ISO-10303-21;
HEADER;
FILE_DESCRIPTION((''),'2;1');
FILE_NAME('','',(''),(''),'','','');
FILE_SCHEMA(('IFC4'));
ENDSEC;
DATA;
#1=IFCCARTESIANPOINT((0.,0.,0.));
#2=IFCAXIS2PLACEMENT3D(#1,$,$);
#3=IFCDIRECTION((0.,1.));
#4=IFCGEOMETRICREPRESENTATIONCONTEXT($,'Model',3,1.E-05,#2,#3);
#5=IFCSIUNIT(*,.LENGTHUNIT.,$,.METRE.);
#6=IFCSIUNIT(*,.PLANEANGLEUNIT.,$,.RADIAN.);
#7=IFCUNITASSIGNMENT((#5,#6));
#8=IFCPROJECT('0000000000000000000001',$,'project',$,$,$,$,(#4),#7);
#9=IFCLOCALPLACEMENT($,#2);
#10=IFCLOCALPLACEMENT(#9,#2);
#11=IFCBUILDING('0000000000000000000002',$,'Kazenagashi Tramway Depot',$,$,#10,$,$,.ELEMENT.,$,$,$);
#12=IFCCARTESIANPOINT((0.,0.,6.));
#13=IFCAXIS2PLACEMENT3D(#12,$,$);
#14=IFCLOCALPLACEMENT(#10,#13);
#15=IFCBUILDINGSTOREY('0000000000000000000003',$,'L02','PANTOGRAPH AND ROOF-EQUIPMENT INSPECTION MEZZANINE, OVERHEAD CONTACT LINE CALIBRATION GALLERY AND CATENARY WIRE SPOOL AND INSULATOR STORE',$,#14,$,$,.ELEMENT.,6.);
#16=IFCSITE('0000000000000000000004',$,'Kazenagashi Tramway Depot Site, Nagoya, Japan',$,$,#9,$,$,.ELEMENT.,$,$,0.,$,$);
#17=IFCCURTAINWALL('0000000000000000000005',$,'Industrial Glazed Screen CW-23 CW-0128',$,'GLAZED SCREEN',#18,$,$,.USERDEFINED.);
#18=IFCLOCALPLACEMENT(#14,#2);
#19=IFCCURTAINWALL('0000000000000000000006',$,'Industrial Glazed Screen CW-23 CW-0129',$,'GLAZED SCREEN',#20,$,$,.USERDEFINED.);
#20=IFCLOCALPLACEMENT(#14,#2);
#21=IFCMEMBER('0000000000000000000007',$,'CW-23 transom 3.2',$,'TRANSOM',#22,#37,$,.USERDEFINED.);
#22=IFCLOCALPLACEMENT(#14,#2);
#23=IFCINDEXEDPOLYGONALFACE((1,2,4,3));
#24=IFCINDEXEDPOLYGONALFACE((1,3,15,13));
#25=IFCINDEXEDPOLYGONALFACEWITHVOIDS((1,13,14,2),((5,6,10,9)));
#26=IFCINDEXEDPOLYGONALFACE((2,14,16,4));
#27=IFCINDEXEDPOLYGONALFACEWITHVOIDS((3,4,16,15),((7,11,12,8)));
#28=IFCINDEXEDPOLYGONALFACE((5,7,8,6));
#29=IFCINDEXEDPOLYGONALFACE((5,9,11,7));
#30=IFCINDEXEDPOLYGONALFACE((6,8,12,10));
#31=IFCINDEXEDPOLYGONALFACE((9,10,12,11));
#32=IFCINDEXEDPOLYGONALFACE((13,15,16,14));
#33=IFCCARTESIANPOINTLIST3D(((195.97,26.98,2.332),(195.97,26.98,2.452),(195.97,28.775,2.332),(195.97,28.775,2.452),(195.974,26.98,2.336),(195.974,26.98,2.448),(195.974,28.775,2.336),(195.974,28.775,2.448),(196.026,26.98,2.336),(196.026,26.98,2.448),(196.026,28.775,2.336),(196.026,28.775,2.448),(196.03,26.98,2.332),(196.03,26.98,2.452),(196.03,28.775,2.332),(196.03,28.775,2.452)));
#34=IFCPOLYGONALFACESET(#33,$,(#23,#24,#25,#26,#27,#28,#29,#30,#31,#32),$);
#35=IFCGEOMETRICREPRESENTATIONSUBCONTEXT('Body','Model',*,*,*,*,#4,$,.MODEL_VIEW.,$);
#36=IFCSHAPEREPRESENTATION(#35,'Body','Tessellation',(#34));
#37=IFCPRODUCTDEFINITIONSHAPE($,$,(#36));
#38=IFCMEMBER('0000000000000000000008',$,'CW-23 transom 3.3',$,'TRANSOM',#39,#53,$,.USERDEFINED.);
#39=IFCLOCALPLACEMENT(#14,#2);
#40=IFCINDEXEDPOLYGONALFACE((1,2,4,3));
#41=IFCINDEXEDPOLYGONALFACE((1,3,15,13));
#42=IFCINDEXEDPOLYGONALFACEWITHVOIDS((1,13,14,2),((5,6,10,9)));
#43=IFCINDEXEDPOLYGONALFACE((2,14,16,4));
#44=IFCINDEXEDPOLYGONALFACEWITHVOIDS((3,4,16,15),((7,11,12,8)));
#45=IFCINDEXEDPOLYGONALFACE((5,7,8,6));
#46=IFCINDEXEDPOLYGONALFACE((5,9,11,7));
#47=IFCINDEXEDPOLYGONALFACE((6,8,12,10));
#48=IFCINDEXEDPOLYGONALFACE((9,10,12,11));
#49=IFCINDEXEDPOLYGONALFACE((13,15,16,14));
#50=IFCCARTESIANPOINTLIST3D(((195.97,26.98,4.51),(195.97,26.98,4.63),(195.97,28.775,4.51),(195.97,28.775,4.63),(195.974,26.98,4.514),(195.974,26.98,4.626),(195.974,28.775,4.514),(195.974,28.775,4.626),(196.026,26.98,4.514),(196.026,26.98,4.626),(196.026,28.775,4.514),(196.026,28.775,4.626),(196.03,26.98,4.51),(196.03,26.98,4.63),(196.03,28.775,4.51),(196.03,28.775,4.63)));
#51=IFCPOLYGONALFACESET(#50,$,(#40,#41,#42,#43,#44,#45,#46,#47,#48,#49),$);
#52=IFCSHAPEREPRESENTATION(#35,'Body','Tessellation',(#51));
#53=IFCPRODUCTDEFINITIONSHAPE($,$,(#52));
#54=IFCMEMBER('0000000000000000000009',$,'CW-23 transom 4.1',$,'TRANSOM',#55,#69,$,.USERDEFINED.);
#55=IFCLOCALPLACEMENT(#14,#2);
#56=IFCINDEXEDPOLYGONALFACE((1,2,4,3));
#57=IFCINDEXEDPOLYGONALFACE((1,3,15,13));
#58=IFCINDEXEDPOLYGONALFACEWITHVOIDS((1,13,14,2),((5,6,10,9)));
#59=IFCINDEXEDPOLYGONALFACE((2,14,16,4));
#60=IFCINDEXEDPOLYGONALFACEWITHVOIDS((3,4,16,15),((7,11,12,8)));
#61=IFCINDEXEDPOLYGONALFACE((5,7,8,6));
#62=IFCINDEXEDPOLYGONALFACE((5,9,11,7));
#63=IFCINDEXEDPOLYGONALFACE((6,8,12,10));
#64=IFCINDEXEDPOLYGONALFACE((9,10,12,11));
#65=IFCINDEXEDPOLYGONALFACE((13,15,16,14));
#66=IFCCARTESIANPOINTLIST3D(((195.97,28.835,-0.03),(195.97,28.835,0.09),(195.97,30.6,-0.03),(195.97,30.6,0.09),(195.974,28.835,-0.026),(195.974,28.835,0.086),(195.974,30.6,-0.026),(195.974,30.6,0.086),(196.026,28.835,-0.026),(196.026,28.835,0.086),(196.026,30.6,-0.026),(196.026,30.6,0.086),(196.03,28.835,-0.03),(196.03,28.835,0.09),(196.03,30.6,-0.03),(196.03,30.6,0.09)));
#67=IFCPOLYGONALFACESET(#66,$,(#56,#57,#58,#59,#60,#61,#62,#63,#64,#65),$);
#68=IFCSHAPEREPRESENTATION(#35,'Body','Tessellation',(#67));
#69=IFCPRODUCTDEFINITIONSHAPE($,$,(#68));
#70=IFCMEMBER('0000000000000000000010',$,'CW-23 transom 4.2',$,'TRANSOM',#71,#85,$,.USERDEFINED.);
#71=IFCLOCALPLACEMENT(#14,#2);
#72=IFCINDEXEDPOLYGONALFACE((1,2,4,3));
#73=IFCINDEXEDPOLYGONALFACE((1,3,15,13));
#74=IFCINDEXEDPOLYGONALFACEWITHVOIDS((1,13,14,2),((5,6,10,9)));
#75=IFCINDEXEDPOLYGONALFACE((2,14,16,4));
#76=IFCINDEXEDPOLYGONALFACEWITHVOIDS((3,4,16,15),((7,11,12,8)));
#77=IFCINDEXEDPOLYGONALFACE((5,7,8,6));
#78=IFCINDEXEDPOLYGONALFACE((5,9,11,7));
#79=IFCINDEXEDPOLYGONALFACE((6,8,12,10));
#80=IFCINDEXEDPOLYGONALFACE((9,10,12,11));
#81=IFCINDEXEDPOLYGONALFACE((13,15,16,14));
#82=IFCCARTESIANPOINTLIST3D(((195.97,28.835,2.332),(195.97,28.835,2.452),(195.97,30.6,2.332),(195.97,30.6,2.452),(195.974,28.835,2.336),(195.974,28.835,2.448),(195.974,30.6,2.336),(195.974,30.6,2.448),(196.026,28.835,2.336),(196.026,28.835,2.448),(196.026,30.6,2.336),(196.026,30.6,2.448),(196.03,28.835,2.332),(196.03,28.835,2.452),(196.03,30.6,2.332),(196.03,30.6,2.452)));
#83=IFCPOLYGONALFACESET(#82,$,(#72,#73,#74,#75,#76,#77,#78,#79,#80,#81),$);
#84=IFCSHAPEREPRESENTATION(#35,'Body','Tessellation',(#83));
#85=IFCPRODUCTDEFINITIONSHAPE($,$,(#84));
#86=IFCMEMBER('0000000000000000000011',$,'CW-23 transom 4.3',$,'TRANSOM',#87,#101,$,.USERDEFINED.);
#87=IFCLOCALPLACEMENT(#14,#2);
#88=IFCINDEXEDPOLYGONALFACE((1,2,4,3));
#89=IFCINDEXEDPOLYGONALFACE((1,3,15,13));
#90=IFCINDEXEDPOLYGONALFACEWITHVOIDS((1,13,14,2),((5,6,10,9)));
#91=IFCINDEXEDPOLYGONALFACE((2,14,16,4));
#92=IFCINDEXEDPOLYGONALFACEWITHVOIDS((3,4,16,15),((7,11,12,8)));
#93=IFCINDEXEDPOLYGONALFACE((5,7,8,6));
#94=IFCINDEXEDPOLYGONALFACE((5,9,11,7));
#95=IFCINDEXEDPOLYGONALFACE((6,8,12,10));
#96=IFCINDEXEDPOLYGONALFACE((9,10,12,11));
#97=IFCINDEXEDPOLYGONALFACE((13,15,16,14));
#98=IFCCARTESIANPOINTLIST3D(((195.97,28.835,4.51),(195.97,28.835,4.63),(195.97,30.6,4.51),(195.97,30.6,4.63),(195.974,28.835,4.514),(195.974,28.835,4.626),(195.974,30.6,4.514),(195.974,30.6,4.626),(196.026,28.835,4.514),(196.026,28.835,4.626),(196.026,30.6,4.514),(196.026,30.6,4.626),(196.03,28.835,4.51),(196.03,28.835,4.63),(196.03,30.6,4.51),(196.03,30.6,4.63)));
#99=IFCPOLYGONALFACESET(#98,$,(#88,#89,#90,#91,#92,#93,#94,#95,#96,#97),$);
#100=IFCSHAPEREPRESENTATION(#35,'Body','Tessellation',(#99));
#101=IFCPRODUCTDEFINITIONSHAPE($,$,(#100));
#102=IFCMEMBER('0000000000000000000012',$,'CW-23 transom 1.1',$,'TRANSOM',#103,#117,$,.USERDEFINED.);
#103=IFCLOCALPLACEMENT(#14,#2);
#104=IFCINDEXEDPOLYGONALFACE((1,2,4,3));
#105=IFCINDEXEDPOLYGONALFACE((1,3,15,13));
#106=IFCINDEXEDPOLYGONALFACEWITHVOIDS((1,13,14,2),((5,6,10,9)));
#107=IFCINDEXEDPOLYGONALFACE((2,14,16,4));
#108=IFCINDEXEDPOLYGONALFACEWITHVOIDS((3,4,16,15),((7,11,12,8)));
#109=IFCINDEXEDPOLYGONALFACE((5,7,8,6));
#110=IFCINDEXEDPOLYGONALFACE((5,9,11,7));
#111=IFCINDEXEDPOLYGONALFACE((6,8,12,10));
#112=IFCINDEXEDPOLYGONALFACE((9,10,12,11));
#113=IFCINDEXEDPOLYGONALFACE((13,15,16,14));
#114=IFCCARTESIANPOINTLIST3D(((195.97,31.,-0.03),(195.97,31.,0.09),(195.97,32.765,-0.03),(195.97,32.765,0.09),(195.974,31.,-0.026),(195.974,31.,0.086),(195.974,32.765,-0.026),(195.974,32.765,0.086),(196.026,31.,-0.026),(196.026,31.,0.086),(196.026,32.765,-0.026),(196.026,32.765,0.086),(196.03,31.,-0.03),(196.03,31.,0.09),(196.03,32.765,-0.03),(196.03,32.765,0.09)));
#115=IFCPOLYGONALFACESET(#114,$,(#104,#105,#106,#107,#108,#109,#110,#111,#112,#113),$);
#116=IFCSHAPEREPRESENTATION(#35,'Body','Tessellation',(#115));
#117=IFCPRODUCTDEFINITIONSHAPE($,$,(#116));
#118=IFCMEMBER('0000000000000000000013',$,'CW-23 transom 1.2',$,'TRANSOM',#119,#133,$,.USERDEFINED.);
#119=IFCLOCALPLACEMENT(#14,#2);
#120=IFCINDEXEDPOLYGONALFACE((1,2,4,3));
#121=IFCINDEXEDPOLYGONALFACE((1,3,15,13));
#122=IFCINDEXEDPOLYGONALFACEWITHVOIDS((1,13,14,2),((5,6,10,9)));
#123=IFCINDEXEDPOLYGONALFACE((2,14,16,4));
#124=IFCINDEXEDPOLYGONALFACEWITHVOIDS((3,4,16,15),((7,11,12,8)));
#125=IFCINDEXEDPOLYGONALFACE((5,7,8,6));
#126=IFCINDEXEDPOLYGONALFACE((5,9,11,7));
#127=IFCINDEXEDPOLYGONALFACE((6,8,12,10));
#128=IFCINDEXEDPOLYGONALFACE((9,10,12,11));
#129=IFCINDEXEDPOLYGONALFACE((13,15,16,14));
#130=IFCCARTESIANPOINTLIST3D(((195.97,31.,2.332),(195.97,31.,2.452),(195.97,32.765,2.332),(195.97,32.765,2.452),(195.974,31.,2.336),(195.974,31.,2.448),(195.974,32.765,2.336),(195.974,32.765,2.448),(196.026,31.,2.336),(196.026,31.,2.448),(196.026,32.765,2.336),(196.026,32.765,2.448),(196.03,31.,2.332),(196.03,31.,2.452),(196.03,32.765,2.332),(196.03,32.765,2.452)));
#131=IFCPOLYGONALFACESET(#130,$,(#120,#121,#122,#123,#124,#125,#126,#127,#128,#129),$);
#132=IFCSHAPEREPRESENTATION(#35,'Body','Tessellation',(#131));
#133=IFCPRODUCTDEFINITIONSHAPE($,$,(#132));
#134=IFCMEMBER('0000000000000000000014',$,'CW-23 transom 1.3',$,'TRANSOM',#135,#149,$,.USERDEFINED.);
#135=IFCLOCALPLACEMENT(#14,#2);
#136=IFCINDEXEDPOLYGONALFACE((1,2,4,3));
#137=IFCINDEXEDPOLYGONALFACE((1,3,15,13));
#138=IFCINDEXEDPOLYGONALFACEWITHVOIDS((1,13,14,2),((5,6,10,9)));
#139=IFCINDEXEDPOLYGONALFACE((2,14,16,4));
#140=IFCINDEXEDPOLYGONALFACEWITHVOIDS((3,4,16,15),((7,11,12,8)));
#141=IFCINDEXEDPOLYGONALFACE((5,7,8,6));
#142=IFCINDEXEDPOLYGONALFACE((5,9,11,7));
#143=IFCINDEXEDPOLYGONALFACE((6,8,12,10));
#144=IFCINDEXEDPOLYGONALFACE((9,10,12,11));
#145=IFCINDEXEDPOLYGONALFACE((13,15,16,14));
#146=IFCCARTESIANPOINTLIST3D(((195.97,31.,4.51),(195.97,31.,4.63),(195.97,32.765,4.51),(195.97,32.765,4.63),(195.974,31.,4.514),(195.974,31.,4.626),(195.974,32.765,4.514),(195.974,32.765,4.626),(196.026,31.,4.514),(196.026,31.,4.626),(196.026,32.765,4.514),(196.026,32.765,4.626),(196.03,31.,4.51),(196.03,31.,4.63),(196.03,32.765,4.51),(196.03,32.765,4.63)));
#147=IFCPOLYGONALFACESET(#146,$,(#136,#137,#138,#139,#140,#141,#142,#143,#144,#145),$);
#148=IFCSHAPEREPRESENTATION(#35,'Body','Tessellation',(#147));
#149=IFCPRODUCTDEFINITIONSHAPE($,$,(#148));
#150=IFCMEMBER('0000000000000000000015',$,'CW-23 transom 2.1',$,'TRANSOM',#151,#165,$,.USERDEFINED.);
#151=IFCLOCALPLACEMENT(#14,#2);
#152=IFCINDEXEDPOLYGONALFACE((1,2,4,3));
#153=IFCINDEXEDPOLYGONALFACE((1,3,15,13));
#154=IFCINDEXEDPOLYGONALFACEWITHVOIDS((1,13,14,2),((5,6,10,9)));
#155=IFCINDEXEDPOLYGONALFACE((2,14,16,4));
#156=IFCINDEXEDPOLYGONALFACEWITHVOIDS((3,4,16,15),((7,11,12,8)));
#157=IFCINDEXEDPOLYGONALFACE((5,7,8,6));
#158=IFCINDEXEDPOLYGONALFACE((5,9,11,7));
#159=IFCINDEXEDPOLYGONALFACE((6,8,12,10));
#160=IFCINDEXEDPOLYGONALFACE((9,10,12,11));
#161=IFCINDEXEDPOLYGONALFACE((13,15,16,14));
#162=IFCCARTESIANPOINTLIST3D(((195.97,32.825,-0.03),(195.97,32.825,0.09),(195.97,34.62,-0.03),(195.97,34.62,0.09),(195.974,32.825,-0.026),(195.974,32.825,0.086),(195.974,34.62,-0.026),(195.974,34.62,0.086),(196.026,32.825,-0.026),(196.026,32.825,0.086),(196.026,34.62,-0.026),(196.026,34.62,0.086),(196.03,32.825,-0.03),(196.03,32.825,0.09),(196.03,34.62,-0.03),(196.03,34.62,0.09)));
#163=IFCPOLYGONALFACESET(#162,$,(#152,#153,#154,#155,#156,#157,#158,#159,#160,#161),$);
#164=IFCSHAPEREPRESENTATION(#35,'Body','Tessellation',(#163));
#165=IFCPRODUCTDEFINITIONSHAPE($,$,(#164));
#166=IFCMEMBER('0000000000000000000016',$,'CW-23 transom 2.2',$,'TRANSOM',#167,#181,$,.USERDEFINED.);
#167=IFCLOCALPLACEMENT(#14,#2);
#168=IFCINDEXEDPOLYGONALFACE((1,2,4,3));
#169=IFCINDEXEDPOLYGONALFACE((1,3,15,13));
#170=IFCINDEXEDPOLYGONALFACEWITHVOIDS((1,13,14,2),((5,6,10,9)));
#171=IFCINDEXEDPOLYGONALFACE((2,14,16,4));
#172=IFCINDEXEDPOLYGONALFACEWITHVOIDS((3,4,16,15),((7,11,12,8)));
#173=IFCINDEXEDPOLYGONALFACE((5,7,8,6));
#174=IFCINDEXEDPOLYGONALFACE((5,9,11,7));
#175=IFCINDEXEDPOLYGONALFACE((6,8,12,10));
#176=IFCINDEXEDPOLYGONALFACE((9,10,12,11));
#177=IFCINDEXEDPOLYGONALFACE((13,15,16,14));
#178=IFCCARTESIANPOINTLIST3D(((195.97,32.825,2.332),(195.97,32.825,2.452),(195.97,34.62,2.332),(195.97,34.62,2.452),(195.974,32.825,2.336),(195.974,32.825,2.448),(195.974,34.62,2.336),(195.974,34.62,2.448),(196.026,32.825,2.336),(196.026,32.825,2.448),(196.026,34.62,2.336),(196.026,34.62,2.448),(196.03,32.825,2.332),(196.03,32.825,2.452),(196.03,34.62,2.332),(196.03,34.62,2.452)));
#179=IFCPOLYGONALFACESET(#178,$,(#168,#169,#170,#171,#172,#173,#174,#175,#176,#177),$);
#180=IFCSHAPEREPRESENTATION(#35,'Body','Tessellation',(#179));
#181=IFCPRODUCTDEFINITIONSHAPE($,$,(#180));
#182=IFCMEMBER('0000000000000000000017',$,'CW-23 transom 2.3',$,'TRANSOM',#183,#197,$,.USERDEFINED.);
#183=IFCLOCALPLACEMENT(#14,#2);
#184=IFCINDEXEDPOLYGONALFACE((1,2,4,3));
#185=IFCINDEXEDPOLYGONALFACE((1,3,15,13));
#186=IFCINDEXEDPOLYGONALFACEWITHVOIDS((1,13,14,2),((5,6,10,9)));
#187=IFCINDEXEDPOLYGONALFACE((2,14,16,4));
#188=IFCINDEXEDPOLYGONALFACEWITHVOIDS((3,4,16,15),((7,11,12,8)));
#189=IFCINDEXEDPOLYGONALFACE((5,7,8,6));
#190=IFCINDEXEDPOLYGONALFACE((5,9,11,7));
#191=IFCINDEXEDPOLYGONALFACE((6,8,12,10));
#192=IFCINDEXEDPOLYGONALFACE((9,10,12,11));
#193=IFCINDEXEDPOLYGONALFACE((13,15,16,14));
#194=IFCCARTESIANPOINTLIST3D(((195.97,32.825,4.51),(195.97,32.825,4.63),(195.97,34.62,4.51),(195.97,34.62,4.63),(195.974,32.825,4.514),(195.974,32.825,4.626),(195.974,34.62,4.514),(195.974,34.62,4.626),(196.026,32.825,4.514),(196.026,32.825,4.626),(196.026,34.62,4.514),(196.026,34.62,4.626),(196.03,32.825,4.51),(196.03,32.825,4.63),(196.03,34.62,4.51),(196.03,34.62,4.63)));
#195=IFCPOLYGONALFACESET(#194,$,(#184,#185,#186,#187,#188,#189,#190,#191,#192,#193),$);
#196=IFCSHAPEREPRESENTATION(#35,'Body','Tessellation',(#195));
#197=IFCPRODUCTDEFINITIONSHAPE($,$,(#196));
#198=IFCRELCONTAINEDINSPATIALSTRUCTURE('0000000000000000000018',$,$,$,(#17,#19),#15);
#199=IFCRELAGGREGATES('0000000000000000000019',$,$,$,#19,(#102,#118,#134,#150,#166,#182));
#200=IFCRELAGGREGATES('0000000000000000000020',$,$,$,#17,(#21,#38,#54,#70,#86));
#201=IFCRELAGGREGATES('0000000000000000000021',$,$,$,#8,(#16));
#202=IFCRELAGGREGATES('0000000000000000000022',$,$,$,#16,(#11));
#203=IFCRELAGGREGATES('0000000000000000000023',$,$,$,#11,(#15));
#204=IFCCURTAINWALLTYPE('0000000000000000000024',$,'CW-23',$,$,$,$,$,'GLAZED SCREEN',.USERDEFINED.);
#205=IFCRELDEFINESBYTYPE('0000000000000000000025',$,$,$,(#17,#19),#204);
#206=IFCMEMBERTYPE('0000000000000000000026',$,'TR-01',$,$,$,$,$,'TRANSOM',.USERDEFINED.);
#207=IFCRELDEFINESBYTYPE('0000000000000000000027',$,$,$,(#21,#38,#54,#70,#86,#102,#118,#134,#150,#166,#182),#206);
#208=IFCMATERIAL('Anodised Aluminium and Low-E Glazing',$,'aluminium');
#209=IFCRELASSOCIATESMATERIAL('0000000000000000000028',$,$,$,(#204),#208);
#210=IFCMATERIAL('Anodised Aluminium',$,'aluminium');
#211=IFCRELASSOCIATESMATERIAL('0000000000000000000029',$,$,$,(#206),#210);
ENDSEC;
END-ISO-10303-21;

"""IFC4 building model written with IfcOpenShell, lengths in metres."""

from ifc_helpers import new_model, si_unit, direction, frame, origin, origin_2d, place, context, subcontext, project, spatial, hollow_rectangle, extrude, material, material_profile, profile_set, type_object, element, aggregate, save


model = new_model("IFC4")

# Units and contexts
model_context = context("Model", 3, precision=1e-05, world=origin(), true_north=direction((0.0, 1.0)))
body_context = subcontext(model_context, "Body", "Model", "MODEL_VIEW")
ifc_project = project(units=[si_unit("LENGTHUNIT", "METRE"), si_unit("PLANEANGLEUNIT", "RADIAN")], contexts=[model_context])

# Site, building, storey
site_placement = place(None, origin())
site = spatial("IfcSite", under=ifc_project, at=site_placement, Name="Kazenagashi Tramway Depot Site, Nagoya, Japan", CompositionType="ELEMENT", RefElevation=0.0)
building_placement = place(site_placement, origin())
building = spatial("IfcBuilding", under=site, at=building_placement, Name="Kazenagashi Tramway Depot", CompositionType="ELEMENT")
storey_placement = place(building_placement, frame((0.0, 0.0, 6.0)))
storey = spatial("IfcBuildingStorey", under=building, at=storey_placement, Name="L02", Description="PANTOGRAPH AND ROOF-EQUIPMENT INSPECTION MEZZANINE, OVERHEAD CONTACT LINE CALIBRATION GALLERY AND CATENARY WIRE SPOOL AND INSULATOR STORE", CompositionType="ELEMENT", Elevation=6.0)

# Curtain walls
ifc_material_1 = material(Name="Anodised Aluminium and Low-E Glazing", Category="aluminium")
curtain_wall_type = type_object("IfcCurtainWallType", Name="CW-23", ElementType="GLAZED SCREEN", PredefinedType="USERDEFINED", material=ifc_material_1)
curtain_wall_1_placement = place(storey_placement, origin())
curtain_wall_1 = element("IfcCurtainWall", 1, at=curtain_wall_1_placement, inside=storey, type_object=curtain_wall_type, Name="Industrial Glazed Screen CW-23 CW-0128", ObjectType="GLAZED SCREEN", PredefinedType="USERDEFINED")
ifc_material_2 = material(Name="Anodised Aluminium", Category="aluminium")
curtain_wall_2_placement = place(storey_placement, origin())
curtain_wall_2 = element("IfcCurtainWall", 2, at=curtain_wall_2_placement, inside=storey, type_object=curtain_wall_type, Name="Industrial Glazed Screen CW-23 CW-0129", ObjectType="GLAZED SCREEN", PredefinedType="USERDEFINED")

# Members
ifc_material_profile_1 = material_profile(ifc_material_2, hollow_rectangle(XDim=0.06, YDim=0.12, WallThickness=0.004, at=origin_2d()), Name="RHS-120x60x4")
ifc_profile_set_1 = profile_set([ifc_material_profile_1], Name="Anodised Aluminium")
member_type_1 = type_object("IfcMemberType", Name="TR-01", ElementType="TRANSOM", PredefinedType="USERDEFINED", material=ifc_profile_set_1)
member_1_placement = place(storey_placement, frame((196.0, 26.98, 2.392), z_axis=(0.0, 1.0, 0.0), x_axis=(-1.0, 0.0, 0.0)))
member_1 = element("IfcMember", 3, at=member_1_placement, type_object=member_type_1, Name="CW-23 transom 3.2", ObjectType="TRANSOM", PredefinedType="USERDEFINED", context=body_context, shape_type="SweptSolid", body=[
    extrude(hollow_rectangle(XDim=0.06, YDim=0.12, WallThickness=0.004, at=origin_2d()), origin(), (0.0, 0.0, 1.0), 1.795),
])
member_2_placement = place(storey_placement, frame((196.0, 26.98, 4.57), z_axis=(0.0, 1.0, 0.0), x_axis=(-1.0, 0.0, 0.0)))
member_2 = element("IfcMember", 4, at=member_2_placement, type_object=member_type_1, Name="CW-23 transom 3.3", ObjectType="TRANSOM", PredefinedType="USERDEFINED", context=body_context, shape_type="SweptSolid", body=[
    extrude(hollow_rectangle(XDim=0.06, YDim=0.12, WallThickness=0.004, at=origin_2d()), origin(), (0.0, 0.0, 1.0), 1.795),
])
member_3_placement = place(storey_placement, frame((196.0, 28.835, 0.03), z_axis=(0.0, 1.0, 0.0), x_axis=(-1.0, 0.0, 0.0)))
member_3 = element("IfcMember", 5, at=member_3_placement, type_object=member_type_1, Name="CW-23 transom 4.1", ObjectType="TRANSOM", PredefinedType="USERDEFINED", context=body_context, shape_type="SweptSolid", body=[
    extrude(hollow_rectangle(XDim=0.06, YDim=0.12, WallThickness=0.004, at=origin_2d()), origin(), (0.0, 0.0, 1.0), 1.765),
])
member_4_placement = place(storey_placement, frame((196.0, 28.835, 2.392), z_axis=(0.0, 1.0, 0.0), x_axis=(-1.0, 0.0, 0.0)))
member_4 = element("IfcMember", 6, at=member_4_placement, type_object=member_type_1, Name="CW-23 transom 4.2", ObjectType="TRANSOM", PredefinedType="USERDEFINED", context=body_context, shape_type="SweptSolid", body=[
    extrude(hollow_rectangle(XDim=0.06, YDim=0.12, WallThickness=0.004, at=origin_2d()), origin(), (0.0, 0.0, 1.0), 1.765),
])
member_5_placement = place(storey_placement, frame((196.0, 28.835, 4.57), z_axis=(0.0, 1.0, 0.0), x_axis=(-1.0, 0.0, 0.0)))
member_5 = element("IfcMember", 7, at=member_5_placement, type_object=member_type_1, Name="CW-23 transom 4.3", ObjectType="TRANSOM", PredefinedType="USERDEFINED", context=body_context, shape_type="SweptSolid", body=[
    extrude(hollow_rectangle(XDim=0.06, YDim=0.12, WallThickness=0.004, at=origin_2d()), origin(), (0.0, 0.0, 1.0), 1.765),
])
member_6_placement = place(storey_placement, frame((196.0, 31.0, 0.03), z_axis=(0.0, 1.0, 0.0), x_axis=(-1.0, 0.0, 0.0)))
member_6 = element("IfcMember", 8, at=member_6_placement, type_object=member_type_1, Name="CW-23 transom 1.1", ObjectType="TRANSOM", PredefinedType="USERDEFINED", context=body_context, shape_type="SweptSolid", body=[
    extrude(hollow_rectangle(XDim=0.06, YDim=0.12, WallThickness=0.004, at=origin_2d()), origin(), (0.0, 0.0, 1.0), 1.765),
])
member_7_placement = place(storey_placement, frame((196.0, 31.0, 2.392), z_axis=(0.0, 1.0, 0.0), x_axis=(-1.0, 0.0, 0.0)))
member_7 = element("IfcMember", 9, at=member_7_placement, type_object=member_type_1, Name="CW-23 transom 1.2", ObjectType="TRANSOM", PredefinedType="USERDEFINED", context=body_context, shape_type="SweptSolid", body=[
    extrude(hollow_rectangle(XDim=0.06, YDim=0.12, WallThickness=0.004, at=origin_2d()), origin(), (0.0, 0.0, 1.0), 1.765),
])
member_8_placement = place(storey_placement, frame((196.0, 31.0, 4.57), z_axis=(0.0, 1.0, 0.0), x_axis=(-1.0, 0.0, 0.0)))
member_8 = element("IfcMember", 10, at=member_8_placement, type_object=member_type_1, Name="CW-23 transom 1.3", ObjectType="TRANSOM", PredefinedType="USERDEFINED", context=body_context, shape_type="SweptSolid", body=[
    extrude(hollow_rectangle(XDim=0.06, YDim=0.12, WallThickness=0.004, at=origin_2d()), origin(), (0.0, 0.0, 1.0), 1.765),
])
member_9_placement = place(storey_placement, frame((196.0, 32.825, 0.03), z_axis=(0.0, 1.0, 0.0), x_axis=(-1.0, 0.0, 0.0)))
member_9 = element("IfcMember", 11, at=member_9_placement, type_object=member_type_1, Name="CW-23 transom 2.1", ObjectType="TRANSOM", PredefinedType="USERDEFINED", context=body_context, shape_type="SweptSolid", body=[
    extrude(hollow_rectangle(XDim=0.06, YDim=0.12, WallThickness=0.004, at=origin_2d()), origin(), (0.0, 0.0, 1.0), 1.795),
])
member_10_placement = place(storey_placement, frame((196.0, 32.825, 2.392), z_axis=(0.0, 1.0, 0.0), x_axis=(-1.0, 0.0, 0.0)))
member_10 = element("IfcMember", 12, at=member_10_placement, type_object=member_type_1, Name="CW-23 transom 2.2", ObjectType="TRANSOM", PredefinedType="USERDEFINED", context=body_context, shape_type="SweptSolid", body=[
    extrude(hollow_rectangle(XDim=0.06, YDim=0.12, WallThickness=0.004, at=origin_2d()), origin(), (0.0, 0.0, 1.0), 1.795),
])
member_11_placement = place(storey_placement, frame((196.0, 32.825, 4.57), z_axis=(0.0, 1.0, 0.0), x_axis=(-1.0, 0.0, 0.0)))
member_11 = element("IfcMember", 13, at=member_11_placement, type_object=member_type_1, Name="CW-23 transom 2.3", ObjectType="TRANSOM", PredefinedType="USERDEFINED", context=body_context, shape_type="SweptSolid", body=[
    extrude(hollow_rectangle(XDim=0.06, YDim=0.12, WallThickness=0.004, at=origin_2d()), origin(), (0.0, 0.0, 1.0), 1.795),
])

aggregate(curtain_wall_2, [member_6, member_7, member_8, member_9, member_10, member_11])
aggregate(curtain_wall_1, [member_1, member_2, member_3, member_4, member_5])

save(model, "model.ifc")
